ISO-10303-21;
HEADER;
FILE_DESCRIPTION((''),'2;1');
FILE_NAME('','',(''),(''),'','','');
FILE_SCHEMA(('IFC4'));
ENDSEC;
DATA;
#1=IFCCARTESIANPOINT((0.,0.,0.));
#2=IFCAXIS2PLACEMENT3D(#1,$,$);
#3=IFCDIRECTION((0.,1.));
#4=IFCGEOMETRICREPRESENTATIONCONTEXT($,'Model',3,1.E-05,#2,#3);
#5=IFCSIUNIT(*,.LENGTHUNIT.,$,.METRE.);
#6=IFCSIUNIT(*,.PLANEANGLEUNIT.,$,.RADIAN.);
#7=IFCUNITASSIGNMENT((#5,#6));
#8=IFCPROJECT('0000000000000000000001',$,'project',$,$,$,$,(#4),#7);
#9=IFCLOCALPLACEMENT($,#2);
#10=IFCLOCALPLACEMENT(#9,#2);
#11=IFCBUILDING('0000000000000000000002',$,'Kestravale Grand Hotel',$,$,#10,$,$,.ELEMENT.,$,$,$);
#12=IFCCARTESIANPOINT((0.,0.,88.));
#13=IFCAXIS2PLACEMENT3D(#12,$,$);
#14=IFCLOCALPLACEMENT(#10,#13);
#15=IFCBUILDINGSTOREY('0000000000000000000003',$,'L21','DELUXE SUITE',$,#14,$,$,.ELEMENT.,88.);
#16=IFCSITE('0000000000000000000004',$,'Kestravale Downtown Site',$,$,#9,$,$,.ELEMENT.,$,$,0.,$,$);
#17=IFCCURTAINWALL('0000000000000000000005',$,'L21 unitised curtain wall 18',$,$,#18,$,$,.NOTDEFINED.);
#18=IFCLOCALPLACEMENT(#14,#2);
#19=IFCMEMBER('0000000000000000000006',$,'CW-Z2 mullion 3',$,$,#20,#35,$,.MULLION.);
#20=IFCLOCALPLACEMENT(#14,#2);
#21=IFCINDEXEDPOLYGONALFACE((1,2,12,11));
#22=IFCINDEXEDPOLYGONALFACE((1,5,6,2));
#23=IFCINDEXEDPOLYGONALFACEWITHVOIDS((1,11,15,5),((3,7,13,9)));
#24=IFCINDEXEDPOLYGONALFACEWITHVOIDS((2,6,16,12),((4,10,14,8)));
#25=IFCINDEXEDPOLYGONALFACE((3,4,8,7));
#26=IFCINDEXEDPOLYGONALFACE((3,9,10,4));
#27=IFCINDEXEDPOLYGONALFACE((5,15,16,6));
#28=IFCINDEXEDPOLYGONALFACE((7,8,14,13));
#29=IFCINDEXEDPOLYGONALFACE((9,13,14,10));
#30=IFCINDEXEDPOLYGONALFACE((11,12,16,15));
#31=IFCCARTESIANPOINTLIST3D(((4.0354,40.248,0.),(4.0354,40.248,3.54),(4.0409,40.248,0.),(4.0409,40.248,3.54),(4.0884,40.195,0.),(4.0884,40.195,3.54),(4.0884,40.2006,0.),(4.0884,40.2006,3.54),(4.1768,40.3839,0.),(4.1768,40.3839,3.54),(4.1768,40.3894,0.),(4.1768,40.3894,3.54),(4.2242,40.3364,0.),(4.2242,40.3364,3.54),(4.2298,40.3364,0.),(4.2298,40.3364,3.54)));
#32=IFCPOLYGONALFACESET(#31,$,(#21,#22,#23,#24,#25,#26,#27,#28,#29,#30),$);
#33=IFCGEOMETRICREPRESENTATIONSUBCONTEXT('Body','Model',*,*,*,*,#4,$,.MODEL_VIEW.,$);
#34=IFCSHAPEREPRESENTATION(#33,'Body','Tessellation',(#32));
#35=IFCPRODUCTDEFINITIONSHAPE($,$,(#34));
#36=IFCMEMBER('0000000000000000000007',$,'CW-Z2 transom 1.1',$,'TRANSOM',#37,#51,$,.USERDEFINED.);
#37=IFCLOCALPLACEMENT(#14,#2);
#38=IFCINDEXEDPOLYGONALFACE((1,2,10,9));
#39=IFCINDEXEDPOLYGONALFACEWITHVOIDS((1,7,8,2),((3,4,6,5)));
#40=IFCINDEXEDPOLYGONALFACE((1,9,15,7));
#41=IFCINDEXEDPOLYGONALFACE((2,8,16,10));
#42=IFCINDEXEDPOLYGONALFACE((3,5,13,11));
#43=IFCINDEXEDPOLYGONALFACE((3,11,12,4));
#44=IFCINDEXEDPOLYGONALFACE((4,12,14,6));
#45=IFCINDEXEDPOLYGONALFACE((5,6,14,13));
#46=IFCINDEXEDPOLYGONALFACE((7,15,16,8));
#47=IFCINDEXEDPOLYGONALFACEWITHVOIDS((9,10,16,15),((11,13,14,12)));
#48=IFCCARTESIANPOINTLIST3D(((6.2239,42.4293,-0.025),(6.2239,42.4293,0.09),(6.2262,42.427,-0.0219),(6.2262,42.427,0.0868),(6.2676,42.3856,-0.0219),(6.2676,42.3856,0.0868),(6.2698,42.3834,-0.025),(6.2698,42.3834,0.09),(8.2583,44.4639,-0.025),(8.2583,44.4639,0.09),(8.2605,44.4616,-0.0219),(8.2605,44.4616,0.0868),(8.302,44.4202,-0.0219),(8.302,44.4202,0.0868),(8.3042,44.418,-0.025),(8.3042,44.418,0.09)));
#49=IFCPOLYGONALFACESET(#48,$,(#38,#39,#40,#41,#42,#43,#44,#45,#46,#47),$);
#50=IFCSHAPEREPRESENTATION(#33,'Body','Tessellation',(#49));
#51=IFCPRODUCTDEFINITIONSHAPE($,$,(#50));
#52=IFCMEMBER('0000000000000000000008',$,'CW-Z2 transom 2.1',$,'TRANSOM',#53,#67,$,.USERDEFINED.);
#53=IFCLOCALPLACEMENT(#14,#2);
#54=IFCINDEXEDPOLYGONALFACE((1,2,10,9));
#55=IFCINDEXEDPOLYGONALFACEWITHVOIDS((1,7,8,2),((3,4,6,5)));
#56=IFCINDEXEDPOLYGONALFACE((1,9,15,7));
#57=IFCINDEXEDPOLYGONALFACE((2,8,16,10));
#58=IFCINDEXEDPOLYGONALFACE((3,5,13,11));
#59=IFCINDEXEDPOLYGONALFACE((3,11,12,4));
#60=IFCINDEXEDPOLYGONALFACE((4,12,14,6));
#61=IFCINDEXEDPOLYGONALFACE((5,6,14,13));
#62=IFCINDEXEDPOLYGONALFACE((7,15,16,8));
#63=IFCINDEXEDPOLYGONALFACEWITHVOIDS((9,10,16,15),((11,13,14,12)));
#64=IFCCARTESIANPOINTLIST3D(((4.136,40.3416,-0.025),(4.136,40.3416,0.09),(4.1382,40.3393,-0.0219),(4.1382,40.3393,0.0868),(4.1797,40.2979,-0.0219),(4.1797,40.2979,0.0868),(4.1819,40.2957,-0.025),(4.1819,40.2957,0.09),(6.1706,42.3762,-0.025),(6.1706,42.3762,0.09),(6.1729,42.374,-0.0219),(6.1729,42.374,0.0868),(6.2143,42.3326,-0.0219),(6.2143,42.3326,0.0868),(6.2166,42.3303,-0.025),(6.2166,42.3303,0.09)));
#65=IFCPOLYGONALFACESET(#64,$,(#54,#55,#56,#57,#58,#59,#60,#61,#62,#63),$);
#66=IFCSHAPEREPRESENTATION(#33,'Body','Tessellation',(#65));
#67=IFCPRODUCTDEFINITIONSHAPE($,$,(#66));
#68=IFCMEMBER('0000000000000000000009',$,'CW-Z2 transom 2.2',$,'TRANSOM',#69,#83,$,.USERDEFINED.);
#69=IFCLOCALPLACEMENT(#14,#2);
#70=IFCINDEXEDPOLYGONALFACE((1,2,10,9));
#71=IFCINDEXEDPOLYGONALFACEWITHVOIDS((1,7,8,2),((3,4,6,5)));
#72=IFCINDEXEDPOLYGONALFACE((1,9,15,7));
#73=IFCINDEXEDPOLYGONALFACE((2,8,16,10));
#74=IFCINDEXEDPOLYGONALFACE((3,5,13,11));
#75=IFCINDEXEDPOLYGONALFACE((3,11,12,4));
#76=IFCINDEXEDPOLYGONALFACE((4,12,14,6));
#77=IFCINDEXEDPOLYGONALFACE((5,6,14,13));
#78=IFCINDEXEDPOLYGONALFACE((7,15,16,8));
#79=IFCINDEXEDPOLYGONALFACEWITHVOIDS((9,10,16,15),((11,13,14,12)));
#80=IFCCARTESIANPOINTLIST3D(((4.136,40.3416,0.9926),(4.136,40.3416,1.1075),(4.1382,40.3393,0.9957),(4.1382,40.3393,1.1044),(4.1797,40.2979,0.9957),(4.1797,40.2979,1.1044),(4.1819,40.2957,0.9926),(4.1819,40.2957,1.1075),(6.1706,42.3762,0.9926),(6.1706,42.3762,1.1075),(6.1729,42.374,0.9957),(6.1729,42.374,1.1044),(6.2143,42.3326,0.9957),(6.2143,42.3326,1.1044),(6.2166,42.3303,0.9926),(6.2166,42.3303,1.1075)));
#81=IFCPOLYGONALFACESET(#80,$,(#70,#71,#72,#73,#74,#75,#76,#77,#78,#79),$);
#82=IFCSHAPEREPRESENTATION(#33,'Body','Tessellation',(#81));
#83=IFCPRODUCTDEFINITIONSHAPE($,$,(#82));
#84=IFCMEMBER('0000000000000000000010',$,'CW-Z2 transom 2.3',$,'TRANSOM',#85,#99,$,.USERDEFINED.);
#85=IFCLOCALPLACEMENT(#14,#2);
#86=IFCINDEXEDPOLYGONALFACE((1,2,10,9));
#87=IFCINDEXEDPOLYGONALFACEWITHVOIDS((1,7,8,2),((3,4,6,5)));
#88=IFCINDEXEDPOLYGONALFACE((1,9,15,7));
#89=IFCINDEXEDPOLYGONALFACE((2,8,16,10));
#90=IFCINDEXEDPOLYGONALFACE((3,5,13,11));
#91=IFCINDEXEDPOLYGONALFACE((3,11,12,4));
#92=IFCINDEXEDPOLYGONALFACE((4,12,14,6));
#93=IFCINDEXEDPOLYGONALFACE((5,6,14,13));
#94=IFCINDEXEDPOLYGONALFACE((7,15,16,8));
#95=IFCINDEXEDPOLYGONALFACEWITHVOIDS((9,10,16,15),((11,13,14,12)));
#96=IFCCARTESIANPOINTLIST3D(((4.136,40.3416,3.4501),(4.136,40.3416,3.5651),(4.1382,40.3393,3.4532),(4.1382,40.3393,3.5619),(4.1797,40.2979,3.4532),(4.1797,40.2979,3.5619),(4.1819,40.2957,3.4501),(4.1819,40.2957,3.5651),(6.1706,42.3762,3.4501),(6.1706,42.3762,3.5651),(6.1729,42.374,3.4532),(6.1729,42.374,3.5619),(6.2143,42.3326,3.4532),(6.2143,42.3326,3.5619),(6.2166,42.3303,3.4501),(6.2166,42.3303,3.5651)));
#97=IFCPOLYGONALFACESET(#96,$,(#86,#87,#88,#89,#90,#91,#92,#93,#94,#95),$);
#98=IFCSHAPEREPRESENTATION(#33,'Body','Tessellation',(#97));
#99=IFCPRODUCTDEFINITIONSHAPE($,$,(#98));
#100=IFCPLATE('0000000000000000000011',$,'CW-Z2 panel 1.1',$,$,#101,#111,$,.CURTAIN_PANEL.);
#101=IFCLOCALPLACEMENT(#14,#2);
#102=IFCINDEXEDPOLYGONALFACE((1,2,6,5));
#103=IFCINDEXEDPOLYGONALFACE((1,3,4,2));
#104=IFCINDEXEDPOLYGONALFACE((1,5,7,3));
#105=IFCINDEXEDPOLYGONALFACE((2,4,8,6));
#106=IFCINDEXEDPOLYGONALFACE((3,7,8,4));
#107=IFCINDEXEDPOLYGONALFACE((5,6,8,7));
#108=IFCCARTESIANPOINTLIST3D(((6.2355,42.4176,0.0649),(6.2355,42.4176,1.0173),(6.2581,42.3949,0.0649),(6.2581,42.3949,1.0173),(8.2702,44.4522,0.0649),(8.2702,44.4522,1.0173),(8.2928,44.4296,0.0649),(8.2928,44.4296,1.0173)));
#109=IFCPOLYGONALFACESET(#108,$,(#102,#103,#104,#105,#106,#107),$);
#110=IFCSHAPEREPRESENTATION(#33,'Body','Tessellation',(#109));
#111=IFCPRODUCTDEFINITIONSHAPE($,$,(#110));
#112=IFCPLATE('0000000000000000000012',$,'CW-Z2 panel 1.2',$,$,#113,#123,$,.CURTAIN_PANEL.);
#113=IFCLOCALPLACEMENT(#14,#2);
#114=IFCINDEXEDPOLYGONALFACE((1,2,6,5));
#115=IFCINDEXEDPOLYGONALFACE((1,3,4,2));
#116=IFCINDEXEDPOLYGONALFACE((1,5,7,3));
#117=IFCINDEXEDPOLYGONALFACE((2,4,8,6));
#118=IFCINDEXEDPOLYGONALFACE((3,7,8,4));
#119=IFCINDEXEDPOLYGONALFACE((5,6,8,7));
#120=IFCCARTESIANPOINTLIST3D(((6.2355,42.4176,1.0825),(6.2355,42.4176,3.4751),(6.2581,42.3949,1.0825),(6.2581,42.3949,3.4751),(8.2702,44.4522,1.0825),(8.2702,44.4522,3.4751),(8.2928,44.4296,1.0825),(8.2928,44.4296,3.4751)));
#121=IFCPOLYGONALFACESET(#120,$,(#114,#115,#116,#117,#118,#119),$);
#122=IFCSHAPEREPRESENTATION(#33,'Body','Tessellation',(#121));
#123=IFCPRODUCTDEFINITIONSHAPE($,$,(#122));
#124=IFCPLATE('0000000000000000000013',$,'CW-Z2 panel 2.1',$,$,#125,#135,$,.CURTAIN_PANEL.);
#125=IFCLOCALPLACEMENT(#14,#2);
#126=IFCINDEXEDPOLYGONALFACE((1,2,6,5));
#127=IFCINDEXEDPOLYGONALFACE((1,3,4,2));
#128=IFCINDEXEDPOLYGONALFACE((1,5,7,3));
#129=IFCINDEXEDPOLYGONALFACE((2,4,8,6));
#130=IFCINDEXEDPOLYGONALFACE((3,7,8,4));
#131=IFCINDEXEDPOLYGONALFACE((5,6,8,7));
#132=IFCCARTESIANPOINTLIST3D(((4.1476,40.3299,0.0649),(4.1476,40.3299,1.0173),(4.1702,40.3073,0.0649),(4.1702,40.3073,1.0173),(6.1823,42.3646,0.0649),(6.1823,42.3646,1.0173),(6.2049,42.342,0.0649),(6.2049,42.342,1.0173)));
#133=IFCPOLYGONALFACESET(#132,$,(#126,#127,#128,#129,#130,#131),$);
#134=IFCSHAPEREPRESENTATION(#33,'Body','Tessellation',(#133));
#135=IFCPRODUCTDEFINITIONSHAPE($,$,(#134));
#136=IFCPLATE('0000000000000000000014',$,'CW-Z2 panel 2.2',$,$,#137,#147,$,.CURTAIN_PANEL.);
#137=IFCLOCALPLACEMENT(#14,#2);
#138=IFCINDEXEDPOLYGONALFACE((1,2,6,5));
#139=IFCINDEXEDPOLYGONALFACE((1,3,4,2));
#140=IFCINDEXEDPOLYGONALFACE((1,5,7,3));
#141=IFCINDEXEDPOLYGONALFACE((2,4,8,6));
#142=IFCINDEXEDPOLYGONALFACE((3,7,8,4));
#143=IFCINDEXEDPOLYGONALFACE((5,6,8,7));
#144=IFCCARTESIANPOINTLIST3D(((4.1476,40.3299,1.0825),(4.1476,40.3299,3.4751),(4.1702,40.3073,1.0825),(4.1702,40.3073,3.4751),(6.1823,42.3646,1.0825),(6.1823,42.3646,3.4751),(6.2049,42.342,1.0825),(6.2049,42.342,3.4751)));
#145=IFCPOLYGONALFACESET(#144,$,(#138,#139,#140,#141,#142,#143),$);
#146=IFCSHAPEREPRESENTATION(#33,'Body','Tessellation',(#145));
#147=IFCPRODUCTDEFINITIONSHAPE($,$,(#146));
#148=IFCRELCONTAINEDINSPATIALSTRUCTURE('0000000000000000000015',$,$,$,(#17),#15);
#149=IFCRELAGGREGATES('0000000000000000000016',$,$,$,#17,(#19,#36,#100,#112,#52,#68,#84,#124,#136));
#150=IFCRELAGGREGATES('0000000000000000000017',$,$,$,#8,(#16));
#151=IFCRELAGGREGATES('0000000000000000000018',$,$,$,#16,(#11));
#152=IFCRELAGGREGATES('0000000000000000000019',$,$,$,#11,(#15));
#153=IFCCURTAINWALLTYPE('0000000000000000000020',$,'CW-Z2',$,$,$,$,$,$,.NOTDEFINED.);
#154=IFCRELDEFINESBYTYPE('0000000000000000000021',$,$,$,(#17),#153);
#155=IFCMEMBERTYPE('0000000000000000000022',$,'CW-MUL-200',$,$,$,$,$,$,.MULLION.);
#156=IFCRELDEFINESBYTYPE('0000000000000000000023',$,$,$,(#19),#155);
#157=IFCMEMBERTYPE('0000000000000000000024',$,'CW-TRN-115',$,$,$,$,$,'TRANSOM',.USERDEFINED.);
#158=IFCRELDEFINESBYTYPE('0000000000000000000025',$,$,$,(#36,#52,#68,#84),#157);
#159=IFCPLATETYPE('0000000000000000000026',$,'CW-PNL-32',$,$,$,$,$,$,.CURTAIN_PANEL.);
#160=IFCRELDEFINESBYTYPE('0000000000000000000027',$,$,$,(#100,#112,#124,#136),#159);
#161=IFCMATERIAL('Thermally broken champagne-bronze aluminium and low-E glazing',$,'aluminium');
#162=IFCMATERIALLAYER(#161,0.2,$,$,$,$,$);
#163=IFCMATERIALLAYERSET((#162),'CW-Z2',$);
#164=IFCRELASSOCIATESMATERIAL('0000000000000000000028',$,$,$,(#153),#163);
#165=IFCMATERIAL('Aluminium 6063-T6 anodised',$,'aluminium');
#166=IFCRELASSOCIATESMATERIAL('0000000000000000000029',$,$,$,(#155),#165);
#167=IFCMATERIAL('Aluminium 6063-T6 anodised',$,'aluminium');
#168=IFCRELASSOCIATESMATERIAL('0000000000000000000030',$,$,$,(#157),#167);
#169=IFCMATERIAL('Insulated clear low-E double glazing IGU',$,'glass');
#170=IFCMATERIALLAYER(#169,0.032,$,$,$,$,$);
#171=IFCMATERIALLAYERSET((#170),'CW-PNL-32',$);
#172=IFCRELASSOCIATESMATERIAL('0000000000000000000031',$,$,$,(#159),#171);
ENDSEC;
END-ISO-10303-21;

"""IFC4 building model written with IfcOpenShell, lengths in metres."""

from ifc_helpers import new_model, si_unit, direction, frame, origin, origin_2d, place, context, subcontext, project, spatial, rectangle, hollow_rectangle, extrude, material, layer, layer_set, material_profile, profile_set, type_object, element, aggregate, save


model = new_model("IFC4")

# Units and contexts
model_context = context("Model", 3, precision=1e-05, world=origin(), true_north=direction((0.0, 1.0)))
body_context = subcontext(model_context, "Body", "Model", "MODEL_VIEW")
ifc_project = project(units=[si_unit("LENGTHUNIT", "METRE"), si_unit("PLANEANGLEUNIT", "RADIAN")], contexts=[model_context])

# Site, building, storey
site_placement = place(None, origin())
site = spatial("IfcSite", under=ifc_project, at=site_placement, Name="Kestravale Downtown Site", CompositionType="ELEMENT", RefElevation=0.0)
building_placement = place(site_placement, origin())
building = spatial("IfcBuilding", under=site, at=building_placement, Name="Kestravale Grand Hotel", CompositionType="ELEMENT")
storey_placement = place(building_placement, frame((0.0, 0.0, 88.0)))
storey = spatial("IfcBuildingStorey", under=building, at=storey_placement, Name="L21", Description="DELUXE SUITE", CompositionType="ELEMENT", Elevation=88.0)

# Curtain wall, members, plates
ifc_material_1 = material(Name="Thermally broken champagne-bronze aluminium and low-E glazing", Category="aluminium")
ifc_layer_1 = layer(ifc_material_1, 0.2)
ifc_layer_set_1 = layer_set([ifc_layer_1], Name="CW-Z2")
curtain_wall_type = type_object("IfcCurtainWallType", Name="CW-Z2", PredefinedType="NOTDEFINED", material=ifc_layer_set_1)
curtain_wall_placement = place(storey_placement, origin())
curtain_wall = element("IfcCurtainWall", 1, at=curtain_wall_placement, inside=storey, type_object=curtain_wall_type, Name="L21 unitised curtain wall 18", PredefinedType="NOTDEFINED")
ifc_material_2 = material(Name="Aluminium 6063-T6 anodised", Category="aluminium")
ifc_material_profile_1 = material_profile(ifc_material_2, hollow_rectangle(XDim=0.075, YDim=0.2, WallThickness=0.0039, at=origin_2d()))
ifc_profile_set_1 = profile_set([ifc_material_profile_1], Name="Aluminium 6063-T6 anodised")
member_type_1 = type_object("IfcMemberType", Name="CW-MUL-200", PredefinedType="MULLION", material=ifc_profile_set_1)
member_1_placement = place(storey_placement, frame((4.1326, 40.2922, 0.0), z_axis=(0.0, 0.0, 1.0), x_axis=(0.707107, -0.707107, 0.0)))
member_1 = element("IfcMember", 2, at=member_1_placement, type_object=member_type_1, Name="CW-Z2 mullion 3", PredefinedType="MULLION", context=body_context, shape_type="SweptSolid", body=[
    extrude(hollow_rectangle(XDim=0.075, YDim=0.2, WallThickness=0.0039, at=origin_2d()), origin(), (0.0, 0.0, 1.0), 3.54),
])
ifc_material_3 = material(Name="Aluminium 6063-T6 anodised", Category="aluminium")
ifc_material_profile_2 = material_profile(ifc_material_3, hollow_rectangle(XDim=0.0649, YDim=0.115, WallThickness=0.0032, at=origin_2d()))
ifc_profile_set_2 = profile_set([ifc_material_profile_2], Name="Aluminium 6063-T6 anodised")
member_type_2 = type_object("IfcMemberType", Name="CW-TRN-115", ElementType="TRANSOM", PredefinedType="USERDEFINED", material=ifc_profile_set_2)
member_2_placement = place(storey_placement, frame((8.2812, 44.4409, 0.0325), z_axis=(-0.707064, -0.707149, 0.0), x_axis=(0.707149, -0.707064, 0.0)))
member_2 = element("IfcMember", 3, at=member_2_placement, type_object=member_type_2, Name="CW-Z2 transom 1.1", ObjectType="TRANSOM", PredefinedType="USERDEFINED", context=body_context, shape_type="SweptSolid", body=[
    extrude(hollow_rectangle(XDim=0.0649, YDim=0.115, WallThickness=0.0032, at=origin_2d()), origin(), (0.0, 0.0, 1.0), 2.8772),
])
member_3_placement = place(storey_placement, frame((6.1936, 42.3533, 0.0325), z_axis=(-0.707107, -0.707107, 0.0), x_axis=(0.707107, -0.707107, 0.0)))
member_3 = element("IfcMember", 4, at=member_3_placement, type_object=member_type_2, Name="CW-Z2 transom 2.1", ObjectType="TRANSOM", PredefinedType="USERDEFINED", context=body_context, shape_type="SweptSolid", body=[
    extrude(hollow_rectangle(XDim=0.0649, YDim=0.115, WallThickness=0.0032, at=origin_2d()), origin(), (0.0, 0.0, 1.0), 2.8774),
])
member_4_placement = place(storey_placement, frame((6.1936, 42.3533, 1.05), z_axis=(-0.707107, -0.707107, 0.0), x_axis=(0.707107, -0.707107, 0.0)))
member_4 = element("IfcMember", 5, at=member_4_placement, type_object=member_type_2, Name="CW-Z2 transom 2.2", ObjectType="TRANSOM", PredefinedType="USERDEFINED", context=body_context, shape_type="SweptSolid", body=[
    extrude(hollow_rectangle(XDim=0.0649, YDim=0.115, WallThickness=0.0032, at=origin_2d()), origin(), (0.0, 0.0, 1.0), 2.8774),
])
member_5_placement = place(storey_placement, frame((6.1936, 42.3533, 3.5076), z_axis=(-0.707107, -0.707107, 0.0), x_axis=(0.707107, -0.707107, 0.0)))
member_5 = element("IfcMember", 6, at=member_5_placement, type_object=member_type_2, Name="CW-Z2 transom 2.3", ObjectType="TRANSOM", PredefinedType="USERDEFINED", context=body_context, shape_type="SweptSolid", body=[
    extrude(hollow_rectangle(XDim=0.0649, YDim=0.115, WallThickness=0.0032, at=origin_2d()), origin(), (0.0, 0.0, 1.0), 2.8774),
])
ifc_material_4 = material(Name="Insulated clear low-E double glazing IGU", Category="glass")
ifc_layer_2 = layer(ifc_material_4, 0.032)
ifc_layer_set_2 = layer_set([ifc_layer_2], Name="CW-PNL-32")
plate_type = type_object("IfcPlateType", Name="CW-PNL-32", PredefinedType="CURTAIN_PANEL", material=ifc_layer_set_2)
plate_1_placement = place(storey_placement, frame((7.2642, 43.4236, 0.0649), z_axis=(0.0, 0.0, 1.0), x_axis=(-0.707107, -0.707107, 0.0)))
plate_1 = element("IfcPlate", 7, at=plate_1_placement, type_object=plate_type, Name="CW-Z2 panel 1.1", PredefinedType="CURTAIN_PANEL", context=body_context, shape_type="SweptSolid", body=[
    extrude(rectangle(XDim=2.8774, YDim=0.032, at=origin_2d()), origin(), (0.0, 0.0, 1.0), 0.9524),
])
plate_2_placement = place(storey_placement, frame((7.2642, 43.4236, 1.0825), z_axis=(0.0, 0.0, 1.0), x_axis=(-0.707107, -0.707107, 0.0)))
plate_2 = element("IfcPlate", 8, at=plate_2_placement, type_object=plate_type, Name="CW-Z2 panel 1.2", PredefinedType="CURTAIN_PANEL", context=body_context, shape_type="SweptSolid", body=[
    extrude(rectangle(XDim=2.8774, YDim=0.032, at=origin_2d()), origin(), (0.0, 0.0, 1.0), 2.3926),
])
plate_3_placement = place(storey_placement, frame((5.1763, 41.3359, 0.0649), z_axis=(0.0, 0.0, 1.0), x_axis=(-0.707107, -0.707107, 0.0)))
plate_3 = element("IfcPlate", 9, at=plate_3_placement, type_object=plate_type, Name="CW-Z2 panel 2.1", PredefinedType="CURTAIN_PANEL", context=body_context, shape_type="SweptSolid", body=[
    extrude(rectangle(XDim=2.8774, YDim=0.032, at=origin_2d()), origin(), (0.0, 0.0, 1.0), 0.9524),
])
plate_4_placement = place(storey_placement, frame((5.1763, 41.3359, 1.0825), z_axis=(0.0, 0.0, 1.0), x_axis=(-0.707107, -0.707107, 0.0)))
plate_4 = element("IfcPlate", 10, at=plate_4_placement, type_object=plate_type, Name="CW-Z2 panel 2.2", PredefinedType="CURTAIN_PANEL", context=body_context, shape_type="SweptSolid", body=[
    extrude(rectangle(XDim=2.8774, YDim=0.032, at=origin_2d()), origin(), (0.0, 0.0, 1.0), 2.3926),
])
aggregate(curtain_wall, [member_1, member_2, plate_1, plate_2, member_3, member_4, member_5, plate_3, plate_4])

save(model, "model.ifc")
